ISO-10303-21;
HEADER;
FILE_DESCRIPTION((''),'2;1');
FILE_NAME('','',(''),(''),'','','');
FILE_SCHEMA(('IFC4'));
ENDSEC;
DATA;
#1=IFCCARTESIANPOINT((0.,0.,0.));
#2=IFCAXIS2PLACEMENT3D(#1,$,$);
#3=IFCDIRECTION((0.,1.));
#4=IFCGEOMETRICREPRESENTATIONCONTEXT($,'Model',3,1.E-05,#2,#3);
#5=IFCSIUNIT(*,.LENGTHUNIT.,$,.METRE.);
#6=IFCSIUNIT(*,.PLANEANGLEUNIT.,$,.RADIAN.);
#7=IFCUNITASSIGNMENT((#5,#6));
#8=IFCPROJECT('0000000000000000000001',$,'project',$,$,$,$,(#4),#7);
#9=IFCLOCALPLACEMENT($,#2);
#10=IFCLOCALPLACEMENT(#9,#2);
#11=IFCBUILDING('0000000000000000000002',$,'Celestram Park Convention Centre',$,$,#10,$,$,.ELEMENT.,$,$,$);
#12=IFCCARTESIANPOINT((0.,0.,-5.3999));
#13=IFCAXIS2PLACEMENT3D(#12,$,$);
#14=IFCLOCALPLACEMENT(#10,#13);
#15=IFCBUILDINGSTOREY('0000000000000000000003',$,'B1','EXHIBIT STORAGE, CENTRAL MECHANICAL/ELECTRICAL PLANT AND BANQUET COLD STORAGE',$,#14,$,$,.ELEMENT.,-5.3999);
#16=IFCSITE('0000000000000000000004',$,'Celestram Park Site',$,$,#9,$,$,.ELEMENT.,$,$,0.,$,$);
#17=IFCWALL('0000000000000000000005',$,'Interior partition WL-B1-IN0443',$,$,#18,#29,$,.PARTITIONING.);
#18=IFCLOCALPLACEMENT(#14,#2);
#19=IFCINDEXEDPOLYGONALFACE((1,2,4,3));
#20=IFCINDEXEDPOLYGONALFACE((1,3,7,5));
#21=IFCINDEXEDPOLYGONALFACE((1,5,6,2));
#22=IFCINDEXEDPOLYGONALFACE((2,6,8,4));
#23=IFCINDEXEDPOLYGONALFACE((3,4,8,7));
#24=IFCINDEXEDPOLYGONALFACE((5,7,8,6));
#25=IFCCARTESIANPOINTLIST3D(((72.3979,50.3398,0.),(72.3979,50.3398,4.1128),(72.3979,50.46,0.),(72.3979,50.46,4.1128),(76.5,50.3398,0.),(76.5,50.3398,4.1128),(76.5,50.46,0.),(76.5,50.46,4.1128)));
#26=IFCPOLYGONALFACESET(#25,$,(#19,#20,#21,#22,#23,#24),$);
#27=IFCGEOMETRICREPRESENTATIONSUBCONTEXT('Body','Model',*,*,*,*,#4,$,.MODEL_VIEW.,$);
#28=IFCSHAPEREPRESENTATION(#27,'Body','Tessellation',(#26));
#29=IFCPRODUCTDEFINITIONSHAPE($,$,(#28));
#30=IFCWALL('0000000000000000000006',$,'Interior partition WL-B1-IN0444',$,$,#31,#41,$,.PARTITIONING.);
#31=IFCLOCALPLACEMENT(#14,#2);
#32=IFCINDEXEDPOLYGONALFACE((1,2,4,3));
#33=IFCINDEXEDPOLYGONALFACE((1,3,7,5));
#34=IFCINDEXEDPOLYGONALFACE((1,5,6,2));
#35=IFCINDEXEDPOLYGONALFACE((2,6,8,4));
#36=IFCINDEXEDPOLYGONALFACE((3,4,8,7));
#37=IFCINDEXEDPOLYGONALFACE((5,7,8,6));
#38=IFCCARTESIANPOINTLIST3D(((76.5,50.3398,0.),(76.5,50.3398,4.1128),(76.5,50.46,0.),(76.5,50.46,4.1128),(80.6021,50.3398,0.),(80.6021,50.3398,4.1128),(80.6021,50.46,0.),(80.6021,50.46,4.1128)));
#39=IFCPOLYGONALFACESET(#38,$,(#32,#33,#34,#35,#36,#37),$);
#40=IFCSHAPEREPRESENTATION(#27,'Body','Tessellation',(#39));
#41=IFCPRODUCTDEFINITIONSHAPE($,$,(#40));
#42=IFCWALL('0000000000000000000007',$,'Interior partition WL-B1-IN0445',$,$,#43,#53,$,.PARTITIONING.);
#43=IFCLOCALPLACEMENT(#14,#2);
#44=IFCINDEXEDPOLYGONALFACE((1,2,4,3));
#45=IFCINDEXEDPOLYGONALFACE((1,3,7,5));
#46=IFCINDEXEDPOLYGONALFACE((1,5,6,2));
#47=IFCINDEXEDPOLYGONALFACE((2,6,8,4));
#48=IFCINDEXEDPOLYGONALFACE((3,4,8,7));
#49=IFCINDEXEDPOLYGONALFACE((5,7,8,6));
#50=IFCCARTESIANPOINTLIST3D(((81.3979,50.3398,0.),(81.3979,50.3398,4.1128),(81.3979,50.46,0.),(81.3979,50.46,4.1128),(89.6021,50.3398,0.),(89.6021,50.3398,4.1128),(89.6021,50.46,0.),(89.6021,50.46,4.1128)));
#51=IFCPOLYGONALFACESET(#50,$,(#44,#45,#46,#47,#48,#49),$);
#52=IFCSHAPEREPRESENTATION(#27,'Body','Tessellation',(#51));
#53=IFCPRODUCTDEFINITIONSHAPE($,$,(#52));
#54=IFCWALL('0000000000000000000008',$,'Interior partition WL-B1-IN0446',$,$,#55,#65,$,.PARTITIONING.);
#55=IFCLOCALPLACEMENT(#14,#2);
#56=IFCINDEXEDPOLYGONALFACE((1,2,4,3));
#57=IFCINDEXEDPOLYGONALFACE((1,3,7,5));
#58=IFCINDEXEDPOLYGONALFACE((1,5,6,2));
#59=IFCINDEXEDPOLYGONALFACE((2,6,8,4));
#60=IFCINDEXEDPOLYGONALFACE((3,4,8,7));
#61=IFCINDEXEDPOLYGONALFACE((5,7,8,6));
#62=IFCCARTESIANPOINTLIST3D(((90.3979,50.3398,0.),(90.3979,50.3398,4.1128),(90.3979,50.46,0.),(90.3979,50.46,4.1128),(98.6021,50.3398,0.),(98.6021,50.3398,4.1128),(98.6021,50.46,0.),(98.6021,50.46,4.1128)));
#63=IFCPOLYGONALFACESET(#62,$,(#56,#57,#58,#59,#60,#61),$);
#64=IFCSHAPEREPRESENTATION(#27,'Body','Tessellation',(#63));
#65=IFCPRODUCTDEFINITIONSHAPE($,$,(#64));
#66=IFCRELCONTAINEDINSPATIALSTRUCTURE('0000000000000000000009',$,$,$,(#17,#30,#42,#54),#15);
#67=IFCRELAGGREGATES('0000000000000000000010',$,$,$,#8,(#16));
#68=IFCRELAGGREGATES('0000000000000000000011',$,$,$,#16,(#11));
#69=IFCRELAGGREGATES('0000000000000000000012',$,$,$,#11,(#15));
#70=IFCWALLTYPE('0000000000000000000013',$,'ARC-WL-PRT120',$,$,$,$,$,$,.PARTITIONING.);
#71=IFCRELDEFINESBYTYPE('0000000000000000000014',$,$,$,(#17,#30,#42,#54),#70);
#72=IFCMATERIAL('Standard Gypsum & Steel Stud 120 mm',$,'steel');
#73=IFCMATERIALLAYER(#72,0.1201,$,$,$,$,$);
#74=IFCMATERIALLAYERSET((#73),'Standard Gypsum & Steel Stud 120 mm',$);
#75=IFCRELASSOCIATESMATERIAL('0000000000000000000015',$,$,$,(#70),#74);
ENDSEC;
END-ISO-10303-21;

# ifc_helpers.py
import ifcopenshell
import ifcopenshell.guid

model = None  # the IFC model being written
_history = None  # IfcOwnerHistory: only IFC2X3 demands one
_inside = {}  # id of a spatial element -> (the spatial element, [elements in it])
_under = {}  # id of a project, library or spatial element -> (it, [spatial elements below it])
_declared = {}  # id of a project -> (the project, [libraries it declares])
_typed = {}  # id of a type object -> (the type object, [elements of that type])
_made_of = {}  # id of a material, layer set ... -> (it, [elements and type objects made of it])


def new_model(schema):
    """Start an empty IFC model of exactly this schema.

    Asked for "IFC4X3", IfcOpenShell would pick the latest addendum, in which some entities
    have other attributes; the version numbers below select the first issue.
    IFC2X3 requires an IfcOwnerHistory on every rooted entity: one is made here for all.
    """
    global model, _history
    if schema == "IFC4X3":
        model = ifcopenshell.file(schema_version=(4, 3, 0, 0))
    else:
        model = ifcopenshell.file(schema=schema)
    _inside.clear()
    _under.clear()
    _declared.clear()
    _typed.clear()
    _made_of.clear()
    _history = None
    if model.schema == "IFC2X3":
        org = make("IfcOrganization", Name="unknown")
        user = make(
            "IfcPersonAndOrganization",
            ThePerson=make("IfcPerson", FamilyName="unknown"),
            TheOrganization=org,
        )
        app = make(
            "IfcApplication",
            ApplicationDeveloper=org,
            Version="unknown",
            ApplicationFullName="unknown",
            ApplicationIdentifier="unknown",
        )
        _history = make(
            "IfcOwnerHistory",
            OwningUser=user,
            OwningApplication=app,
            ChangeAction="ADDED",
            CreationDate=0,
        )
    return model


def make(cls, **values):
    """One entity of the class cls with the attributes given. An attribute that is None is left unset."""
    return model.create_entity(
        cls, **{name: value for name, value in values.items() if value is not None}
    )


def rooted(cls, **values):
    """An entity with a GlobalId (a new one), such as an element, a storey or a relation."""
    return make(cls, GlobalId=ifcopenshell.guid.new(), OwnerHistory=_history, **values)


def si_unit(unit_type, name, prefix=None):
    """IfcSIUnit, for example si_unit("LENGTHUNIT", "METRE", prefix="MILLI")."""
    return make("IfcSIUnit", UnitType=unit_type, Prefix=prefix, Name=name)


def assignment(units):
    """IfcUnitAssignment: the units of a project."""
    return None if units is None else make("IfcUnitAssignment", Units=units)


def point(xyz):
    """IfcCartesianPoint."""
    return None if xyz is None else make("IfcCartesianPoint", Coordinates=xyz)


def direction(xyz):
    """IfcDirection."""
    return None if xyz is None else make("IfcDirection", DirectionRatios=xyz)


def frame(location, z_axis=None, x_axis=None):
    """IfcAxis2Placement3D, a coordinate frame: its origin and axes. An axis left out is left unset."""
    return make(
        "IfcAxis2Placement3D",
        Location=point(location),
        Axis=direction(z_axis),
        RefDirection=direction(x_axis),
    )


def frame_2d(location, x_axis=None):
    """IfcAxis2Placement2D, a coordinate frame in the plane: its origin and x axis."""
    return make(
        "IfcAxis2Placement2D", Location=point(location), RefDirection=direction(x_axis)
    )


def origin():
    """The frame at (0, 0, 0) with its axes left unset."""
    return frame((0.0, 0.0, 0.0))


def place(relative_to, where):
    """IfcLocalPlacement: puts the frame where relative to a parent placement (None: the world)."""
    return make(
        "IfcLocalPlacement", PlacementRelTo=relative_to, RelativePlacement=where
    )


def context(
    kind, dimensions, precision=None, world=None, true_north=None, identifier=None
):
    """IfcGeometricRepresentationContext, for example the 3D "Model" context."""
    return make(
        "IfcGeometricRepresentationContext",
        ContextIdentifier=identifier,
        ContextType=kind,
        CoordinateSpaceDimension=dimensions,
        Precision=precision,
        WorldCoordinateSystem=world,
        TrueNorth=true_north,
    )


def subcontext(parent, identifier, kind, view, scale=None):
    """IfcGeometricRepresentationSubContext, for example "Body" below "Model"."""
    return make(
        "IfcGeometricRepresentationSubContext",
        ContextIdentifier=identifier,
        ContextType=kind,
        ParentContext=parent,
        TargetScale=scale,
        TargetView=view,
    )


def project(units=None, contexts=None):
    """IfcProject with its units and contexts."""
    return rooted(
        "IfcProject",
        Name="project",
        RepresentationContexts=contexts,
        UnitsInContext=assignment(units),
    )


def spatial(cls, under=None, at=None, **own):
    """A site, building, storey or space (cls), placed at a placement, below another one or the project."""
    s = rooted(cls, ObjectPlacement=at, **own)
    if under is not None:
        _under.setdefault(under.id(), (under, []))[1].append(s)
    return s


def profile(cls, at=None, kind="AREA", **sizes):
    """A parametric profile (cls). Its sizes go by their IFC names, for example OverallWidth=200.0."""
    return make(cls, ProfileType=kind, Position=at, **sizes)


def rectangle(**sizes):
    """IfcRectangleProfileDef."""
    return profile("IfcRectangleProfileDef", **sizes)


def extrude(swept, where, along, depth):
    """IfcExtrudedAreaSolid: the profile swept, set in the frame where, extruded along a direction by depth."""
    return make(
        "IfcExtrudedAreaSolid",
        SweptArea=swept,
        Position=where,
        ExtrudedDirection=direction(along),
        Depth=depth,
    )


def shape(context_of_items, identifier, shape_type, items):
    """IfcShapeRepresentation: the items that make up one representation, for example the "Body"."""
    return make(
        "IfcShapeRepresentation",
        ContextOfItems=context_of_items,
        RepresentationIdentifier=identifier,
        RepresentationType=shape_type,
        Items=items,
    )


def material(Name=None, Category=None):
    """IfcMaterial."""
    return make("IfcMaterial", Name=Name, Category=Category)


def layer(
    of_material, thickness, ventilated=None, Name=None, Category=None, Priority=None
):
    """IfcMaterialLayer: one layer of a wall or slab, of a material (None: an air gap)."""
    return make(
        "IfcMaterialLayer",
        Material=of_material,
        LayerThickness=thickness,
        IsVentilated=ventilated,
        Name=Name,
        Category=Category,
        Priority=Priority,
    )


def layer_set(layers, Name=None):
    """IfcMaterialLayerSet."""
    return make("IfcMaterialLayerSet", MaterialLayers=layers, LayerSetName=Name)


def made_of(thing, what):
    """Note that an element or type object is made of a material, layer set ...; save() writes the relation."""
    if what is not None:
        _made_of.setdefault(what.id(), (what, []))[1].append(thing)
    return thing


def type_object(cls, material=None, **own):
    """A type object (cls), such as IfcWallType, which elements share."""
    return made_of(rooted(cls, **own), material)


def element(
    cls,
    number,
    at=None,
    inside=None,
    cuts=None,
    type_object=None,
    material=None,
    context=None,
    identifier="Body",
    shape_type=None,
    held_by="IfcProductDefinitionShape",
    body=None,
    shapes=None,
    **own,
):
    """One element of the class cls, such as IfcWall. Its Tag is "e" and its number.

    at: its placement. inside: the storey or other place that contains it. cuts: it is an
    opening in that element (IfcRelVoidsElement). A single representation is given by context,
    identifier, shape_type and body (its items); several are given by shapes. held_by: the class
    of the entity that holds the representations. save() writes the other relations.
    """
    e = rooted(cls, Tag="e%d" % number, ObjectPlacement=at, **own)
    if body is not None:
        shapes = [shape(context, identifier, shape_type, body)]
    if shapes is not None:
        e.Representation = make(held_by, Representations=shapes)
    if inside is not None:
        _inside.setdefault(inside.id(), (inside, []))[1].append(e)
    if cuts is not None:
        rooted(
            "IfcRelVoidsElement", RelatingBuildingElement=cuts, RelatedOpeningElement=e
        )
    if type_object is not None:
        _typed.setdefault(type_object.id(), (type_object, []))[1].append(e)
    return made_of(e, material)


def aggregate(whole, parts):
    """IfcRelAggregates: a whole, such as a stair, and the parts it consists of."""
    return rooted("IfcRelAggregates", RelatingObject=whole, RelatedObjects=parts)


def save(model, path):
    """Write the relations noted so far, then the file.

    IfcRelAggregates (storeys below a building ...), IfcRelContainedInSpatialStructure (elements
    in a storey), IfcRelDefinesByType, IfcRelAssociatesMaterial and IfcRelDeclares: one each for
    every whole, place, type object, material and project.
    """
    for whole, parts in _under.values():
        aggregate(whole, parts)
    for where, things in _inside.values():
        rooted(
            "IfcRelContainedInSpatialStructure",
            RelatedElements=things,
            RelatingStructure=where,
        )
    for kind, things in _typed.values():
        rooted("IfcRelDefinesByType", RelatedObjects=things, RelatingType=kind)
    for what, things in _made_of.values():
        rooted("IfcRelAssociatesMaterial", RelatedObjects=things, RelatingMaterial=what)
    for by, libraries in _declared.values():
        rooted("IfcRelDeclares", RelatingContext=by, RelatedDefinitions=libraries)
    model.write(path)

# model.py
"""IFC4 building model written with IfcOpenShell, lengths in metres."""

from ifc_helpers import new_model, si_unit, direction, frame, frame_2d, origin, place, context, subcontext, project, spatial, rectangle, extrude, material, layer, layer_set, type_object, element, save


model = new_model("IFC4")

# Units and contexts
model_context = context("Model", 3, precision=1e-05, world=origin(), true_north=direction((0.0, 1.0)))
body_context = subcontext(model_context, "Body", "Model", "MODEL_VIEW")
ifc_project = project(units=[si_unit("LENGTHUNIT", "METRE"), si_unit("PLANEANGLEUNIT", "RADIAN")], contexts=[model_context])

# Site, building, storey
site_placement = place(None, origin())
site = spatial("IfcSite", under=ifc_project, at=site_placement, Name="Celestram Park Site", CompositionType="ELEMENT", RefElevation=0.0)
building_placement = place(site_placement, origin())
building = spatial("IfcBuilding", under=site, at=building_placement, Name="Celestram Park Convention Centre", CompositionType="ELEMENT")
storey_placement = place(building_placement, frame((0.0, 0.0, -5.3999)))
storey = spatial("IfcBuildingStorey", under=building, at=storey_placement, Name="B1", Description="EXHIBIT STORAGE, CENTRAL MECHANICAL/ELECTRICAL PLANT AND BANQUET COLD STORAGE", CompositionType="ELEMENT", Elevation=-5.3999)

# Walls
ifc_material_1 = material(Name="Standard Gypsum & Steel Stud 120 mm", Category="steel")
ifc_layer = layer(ifc_material_1, 0.1201)
ifc_layer_set = layer_set([ifc_layer], Name="Standard Gypsum & Steel Stud 120 mm")
wall_type = type_object("IfcWallType", Name="ARC-WL-PRT120", PredefinedType="PARTITIONING", material=ifc_layer_set)
for number, where, z_axis, x_axis, name in (
    (1, (72.3979, 50.3999, 0.0), (0.0, 0.0, 1.0), (1.0, 0.0, 0.0), "Interior partition WL-B1-IN0443"),
    (2, (76.5, 50.3999, 0.0), (0.0, 0.0, 1.0), (1.0, 0.0, 0.0), "Interior partition WL-B1-IN0444"),
):
    element("IfcWall", number, at=place(storey_placement, frame(where, z_axis=z_axis, x_axis=x_axis)), inside=storey, type_object=wall_type, Name=name, PredefinedType="PARTITIONING", context=body_context, shape_type="SweptSolid", body=[
        extrude(rectangle(XDim=4.1021, YDim=0.1201, at=frame_2d((2.051, 0.0))), origin(), (0.0, 0.0, 1.0), 4.1128),
    ])
for number, where, z_axis, x_axis, name in (
    (3, (81.3979, 50.3999, 0.0), (0.0, 0.0, 1.0), (1.0, 0.0, 0.0), "Interior partition WL-B1-IN0445"),
    (4, (90.3979, 50.3999, 0.0), (0.0, 0.0, 1.0), (1.0, 0.0, 0.0), "Interior partition WL-B1-IN0446"),
):
    element("IfcWall", number, at=place(storey_placement, frame(where, z_axis=z_axis, x_axis=x_axis)), inside=storey, type_object=wall_type, Name=name, PredefinedType="PARTITIONING", context=body_context, shape_type="SweptSolid", body=[
        extrude(rectangle(XDim=8.2041, YDim=0.1201, at=frame_2d((4.1021, 0.0))), origin(), (0.0, 0.0, 1.0), 4.1128),
    ])

save(model, "model.ifc")
